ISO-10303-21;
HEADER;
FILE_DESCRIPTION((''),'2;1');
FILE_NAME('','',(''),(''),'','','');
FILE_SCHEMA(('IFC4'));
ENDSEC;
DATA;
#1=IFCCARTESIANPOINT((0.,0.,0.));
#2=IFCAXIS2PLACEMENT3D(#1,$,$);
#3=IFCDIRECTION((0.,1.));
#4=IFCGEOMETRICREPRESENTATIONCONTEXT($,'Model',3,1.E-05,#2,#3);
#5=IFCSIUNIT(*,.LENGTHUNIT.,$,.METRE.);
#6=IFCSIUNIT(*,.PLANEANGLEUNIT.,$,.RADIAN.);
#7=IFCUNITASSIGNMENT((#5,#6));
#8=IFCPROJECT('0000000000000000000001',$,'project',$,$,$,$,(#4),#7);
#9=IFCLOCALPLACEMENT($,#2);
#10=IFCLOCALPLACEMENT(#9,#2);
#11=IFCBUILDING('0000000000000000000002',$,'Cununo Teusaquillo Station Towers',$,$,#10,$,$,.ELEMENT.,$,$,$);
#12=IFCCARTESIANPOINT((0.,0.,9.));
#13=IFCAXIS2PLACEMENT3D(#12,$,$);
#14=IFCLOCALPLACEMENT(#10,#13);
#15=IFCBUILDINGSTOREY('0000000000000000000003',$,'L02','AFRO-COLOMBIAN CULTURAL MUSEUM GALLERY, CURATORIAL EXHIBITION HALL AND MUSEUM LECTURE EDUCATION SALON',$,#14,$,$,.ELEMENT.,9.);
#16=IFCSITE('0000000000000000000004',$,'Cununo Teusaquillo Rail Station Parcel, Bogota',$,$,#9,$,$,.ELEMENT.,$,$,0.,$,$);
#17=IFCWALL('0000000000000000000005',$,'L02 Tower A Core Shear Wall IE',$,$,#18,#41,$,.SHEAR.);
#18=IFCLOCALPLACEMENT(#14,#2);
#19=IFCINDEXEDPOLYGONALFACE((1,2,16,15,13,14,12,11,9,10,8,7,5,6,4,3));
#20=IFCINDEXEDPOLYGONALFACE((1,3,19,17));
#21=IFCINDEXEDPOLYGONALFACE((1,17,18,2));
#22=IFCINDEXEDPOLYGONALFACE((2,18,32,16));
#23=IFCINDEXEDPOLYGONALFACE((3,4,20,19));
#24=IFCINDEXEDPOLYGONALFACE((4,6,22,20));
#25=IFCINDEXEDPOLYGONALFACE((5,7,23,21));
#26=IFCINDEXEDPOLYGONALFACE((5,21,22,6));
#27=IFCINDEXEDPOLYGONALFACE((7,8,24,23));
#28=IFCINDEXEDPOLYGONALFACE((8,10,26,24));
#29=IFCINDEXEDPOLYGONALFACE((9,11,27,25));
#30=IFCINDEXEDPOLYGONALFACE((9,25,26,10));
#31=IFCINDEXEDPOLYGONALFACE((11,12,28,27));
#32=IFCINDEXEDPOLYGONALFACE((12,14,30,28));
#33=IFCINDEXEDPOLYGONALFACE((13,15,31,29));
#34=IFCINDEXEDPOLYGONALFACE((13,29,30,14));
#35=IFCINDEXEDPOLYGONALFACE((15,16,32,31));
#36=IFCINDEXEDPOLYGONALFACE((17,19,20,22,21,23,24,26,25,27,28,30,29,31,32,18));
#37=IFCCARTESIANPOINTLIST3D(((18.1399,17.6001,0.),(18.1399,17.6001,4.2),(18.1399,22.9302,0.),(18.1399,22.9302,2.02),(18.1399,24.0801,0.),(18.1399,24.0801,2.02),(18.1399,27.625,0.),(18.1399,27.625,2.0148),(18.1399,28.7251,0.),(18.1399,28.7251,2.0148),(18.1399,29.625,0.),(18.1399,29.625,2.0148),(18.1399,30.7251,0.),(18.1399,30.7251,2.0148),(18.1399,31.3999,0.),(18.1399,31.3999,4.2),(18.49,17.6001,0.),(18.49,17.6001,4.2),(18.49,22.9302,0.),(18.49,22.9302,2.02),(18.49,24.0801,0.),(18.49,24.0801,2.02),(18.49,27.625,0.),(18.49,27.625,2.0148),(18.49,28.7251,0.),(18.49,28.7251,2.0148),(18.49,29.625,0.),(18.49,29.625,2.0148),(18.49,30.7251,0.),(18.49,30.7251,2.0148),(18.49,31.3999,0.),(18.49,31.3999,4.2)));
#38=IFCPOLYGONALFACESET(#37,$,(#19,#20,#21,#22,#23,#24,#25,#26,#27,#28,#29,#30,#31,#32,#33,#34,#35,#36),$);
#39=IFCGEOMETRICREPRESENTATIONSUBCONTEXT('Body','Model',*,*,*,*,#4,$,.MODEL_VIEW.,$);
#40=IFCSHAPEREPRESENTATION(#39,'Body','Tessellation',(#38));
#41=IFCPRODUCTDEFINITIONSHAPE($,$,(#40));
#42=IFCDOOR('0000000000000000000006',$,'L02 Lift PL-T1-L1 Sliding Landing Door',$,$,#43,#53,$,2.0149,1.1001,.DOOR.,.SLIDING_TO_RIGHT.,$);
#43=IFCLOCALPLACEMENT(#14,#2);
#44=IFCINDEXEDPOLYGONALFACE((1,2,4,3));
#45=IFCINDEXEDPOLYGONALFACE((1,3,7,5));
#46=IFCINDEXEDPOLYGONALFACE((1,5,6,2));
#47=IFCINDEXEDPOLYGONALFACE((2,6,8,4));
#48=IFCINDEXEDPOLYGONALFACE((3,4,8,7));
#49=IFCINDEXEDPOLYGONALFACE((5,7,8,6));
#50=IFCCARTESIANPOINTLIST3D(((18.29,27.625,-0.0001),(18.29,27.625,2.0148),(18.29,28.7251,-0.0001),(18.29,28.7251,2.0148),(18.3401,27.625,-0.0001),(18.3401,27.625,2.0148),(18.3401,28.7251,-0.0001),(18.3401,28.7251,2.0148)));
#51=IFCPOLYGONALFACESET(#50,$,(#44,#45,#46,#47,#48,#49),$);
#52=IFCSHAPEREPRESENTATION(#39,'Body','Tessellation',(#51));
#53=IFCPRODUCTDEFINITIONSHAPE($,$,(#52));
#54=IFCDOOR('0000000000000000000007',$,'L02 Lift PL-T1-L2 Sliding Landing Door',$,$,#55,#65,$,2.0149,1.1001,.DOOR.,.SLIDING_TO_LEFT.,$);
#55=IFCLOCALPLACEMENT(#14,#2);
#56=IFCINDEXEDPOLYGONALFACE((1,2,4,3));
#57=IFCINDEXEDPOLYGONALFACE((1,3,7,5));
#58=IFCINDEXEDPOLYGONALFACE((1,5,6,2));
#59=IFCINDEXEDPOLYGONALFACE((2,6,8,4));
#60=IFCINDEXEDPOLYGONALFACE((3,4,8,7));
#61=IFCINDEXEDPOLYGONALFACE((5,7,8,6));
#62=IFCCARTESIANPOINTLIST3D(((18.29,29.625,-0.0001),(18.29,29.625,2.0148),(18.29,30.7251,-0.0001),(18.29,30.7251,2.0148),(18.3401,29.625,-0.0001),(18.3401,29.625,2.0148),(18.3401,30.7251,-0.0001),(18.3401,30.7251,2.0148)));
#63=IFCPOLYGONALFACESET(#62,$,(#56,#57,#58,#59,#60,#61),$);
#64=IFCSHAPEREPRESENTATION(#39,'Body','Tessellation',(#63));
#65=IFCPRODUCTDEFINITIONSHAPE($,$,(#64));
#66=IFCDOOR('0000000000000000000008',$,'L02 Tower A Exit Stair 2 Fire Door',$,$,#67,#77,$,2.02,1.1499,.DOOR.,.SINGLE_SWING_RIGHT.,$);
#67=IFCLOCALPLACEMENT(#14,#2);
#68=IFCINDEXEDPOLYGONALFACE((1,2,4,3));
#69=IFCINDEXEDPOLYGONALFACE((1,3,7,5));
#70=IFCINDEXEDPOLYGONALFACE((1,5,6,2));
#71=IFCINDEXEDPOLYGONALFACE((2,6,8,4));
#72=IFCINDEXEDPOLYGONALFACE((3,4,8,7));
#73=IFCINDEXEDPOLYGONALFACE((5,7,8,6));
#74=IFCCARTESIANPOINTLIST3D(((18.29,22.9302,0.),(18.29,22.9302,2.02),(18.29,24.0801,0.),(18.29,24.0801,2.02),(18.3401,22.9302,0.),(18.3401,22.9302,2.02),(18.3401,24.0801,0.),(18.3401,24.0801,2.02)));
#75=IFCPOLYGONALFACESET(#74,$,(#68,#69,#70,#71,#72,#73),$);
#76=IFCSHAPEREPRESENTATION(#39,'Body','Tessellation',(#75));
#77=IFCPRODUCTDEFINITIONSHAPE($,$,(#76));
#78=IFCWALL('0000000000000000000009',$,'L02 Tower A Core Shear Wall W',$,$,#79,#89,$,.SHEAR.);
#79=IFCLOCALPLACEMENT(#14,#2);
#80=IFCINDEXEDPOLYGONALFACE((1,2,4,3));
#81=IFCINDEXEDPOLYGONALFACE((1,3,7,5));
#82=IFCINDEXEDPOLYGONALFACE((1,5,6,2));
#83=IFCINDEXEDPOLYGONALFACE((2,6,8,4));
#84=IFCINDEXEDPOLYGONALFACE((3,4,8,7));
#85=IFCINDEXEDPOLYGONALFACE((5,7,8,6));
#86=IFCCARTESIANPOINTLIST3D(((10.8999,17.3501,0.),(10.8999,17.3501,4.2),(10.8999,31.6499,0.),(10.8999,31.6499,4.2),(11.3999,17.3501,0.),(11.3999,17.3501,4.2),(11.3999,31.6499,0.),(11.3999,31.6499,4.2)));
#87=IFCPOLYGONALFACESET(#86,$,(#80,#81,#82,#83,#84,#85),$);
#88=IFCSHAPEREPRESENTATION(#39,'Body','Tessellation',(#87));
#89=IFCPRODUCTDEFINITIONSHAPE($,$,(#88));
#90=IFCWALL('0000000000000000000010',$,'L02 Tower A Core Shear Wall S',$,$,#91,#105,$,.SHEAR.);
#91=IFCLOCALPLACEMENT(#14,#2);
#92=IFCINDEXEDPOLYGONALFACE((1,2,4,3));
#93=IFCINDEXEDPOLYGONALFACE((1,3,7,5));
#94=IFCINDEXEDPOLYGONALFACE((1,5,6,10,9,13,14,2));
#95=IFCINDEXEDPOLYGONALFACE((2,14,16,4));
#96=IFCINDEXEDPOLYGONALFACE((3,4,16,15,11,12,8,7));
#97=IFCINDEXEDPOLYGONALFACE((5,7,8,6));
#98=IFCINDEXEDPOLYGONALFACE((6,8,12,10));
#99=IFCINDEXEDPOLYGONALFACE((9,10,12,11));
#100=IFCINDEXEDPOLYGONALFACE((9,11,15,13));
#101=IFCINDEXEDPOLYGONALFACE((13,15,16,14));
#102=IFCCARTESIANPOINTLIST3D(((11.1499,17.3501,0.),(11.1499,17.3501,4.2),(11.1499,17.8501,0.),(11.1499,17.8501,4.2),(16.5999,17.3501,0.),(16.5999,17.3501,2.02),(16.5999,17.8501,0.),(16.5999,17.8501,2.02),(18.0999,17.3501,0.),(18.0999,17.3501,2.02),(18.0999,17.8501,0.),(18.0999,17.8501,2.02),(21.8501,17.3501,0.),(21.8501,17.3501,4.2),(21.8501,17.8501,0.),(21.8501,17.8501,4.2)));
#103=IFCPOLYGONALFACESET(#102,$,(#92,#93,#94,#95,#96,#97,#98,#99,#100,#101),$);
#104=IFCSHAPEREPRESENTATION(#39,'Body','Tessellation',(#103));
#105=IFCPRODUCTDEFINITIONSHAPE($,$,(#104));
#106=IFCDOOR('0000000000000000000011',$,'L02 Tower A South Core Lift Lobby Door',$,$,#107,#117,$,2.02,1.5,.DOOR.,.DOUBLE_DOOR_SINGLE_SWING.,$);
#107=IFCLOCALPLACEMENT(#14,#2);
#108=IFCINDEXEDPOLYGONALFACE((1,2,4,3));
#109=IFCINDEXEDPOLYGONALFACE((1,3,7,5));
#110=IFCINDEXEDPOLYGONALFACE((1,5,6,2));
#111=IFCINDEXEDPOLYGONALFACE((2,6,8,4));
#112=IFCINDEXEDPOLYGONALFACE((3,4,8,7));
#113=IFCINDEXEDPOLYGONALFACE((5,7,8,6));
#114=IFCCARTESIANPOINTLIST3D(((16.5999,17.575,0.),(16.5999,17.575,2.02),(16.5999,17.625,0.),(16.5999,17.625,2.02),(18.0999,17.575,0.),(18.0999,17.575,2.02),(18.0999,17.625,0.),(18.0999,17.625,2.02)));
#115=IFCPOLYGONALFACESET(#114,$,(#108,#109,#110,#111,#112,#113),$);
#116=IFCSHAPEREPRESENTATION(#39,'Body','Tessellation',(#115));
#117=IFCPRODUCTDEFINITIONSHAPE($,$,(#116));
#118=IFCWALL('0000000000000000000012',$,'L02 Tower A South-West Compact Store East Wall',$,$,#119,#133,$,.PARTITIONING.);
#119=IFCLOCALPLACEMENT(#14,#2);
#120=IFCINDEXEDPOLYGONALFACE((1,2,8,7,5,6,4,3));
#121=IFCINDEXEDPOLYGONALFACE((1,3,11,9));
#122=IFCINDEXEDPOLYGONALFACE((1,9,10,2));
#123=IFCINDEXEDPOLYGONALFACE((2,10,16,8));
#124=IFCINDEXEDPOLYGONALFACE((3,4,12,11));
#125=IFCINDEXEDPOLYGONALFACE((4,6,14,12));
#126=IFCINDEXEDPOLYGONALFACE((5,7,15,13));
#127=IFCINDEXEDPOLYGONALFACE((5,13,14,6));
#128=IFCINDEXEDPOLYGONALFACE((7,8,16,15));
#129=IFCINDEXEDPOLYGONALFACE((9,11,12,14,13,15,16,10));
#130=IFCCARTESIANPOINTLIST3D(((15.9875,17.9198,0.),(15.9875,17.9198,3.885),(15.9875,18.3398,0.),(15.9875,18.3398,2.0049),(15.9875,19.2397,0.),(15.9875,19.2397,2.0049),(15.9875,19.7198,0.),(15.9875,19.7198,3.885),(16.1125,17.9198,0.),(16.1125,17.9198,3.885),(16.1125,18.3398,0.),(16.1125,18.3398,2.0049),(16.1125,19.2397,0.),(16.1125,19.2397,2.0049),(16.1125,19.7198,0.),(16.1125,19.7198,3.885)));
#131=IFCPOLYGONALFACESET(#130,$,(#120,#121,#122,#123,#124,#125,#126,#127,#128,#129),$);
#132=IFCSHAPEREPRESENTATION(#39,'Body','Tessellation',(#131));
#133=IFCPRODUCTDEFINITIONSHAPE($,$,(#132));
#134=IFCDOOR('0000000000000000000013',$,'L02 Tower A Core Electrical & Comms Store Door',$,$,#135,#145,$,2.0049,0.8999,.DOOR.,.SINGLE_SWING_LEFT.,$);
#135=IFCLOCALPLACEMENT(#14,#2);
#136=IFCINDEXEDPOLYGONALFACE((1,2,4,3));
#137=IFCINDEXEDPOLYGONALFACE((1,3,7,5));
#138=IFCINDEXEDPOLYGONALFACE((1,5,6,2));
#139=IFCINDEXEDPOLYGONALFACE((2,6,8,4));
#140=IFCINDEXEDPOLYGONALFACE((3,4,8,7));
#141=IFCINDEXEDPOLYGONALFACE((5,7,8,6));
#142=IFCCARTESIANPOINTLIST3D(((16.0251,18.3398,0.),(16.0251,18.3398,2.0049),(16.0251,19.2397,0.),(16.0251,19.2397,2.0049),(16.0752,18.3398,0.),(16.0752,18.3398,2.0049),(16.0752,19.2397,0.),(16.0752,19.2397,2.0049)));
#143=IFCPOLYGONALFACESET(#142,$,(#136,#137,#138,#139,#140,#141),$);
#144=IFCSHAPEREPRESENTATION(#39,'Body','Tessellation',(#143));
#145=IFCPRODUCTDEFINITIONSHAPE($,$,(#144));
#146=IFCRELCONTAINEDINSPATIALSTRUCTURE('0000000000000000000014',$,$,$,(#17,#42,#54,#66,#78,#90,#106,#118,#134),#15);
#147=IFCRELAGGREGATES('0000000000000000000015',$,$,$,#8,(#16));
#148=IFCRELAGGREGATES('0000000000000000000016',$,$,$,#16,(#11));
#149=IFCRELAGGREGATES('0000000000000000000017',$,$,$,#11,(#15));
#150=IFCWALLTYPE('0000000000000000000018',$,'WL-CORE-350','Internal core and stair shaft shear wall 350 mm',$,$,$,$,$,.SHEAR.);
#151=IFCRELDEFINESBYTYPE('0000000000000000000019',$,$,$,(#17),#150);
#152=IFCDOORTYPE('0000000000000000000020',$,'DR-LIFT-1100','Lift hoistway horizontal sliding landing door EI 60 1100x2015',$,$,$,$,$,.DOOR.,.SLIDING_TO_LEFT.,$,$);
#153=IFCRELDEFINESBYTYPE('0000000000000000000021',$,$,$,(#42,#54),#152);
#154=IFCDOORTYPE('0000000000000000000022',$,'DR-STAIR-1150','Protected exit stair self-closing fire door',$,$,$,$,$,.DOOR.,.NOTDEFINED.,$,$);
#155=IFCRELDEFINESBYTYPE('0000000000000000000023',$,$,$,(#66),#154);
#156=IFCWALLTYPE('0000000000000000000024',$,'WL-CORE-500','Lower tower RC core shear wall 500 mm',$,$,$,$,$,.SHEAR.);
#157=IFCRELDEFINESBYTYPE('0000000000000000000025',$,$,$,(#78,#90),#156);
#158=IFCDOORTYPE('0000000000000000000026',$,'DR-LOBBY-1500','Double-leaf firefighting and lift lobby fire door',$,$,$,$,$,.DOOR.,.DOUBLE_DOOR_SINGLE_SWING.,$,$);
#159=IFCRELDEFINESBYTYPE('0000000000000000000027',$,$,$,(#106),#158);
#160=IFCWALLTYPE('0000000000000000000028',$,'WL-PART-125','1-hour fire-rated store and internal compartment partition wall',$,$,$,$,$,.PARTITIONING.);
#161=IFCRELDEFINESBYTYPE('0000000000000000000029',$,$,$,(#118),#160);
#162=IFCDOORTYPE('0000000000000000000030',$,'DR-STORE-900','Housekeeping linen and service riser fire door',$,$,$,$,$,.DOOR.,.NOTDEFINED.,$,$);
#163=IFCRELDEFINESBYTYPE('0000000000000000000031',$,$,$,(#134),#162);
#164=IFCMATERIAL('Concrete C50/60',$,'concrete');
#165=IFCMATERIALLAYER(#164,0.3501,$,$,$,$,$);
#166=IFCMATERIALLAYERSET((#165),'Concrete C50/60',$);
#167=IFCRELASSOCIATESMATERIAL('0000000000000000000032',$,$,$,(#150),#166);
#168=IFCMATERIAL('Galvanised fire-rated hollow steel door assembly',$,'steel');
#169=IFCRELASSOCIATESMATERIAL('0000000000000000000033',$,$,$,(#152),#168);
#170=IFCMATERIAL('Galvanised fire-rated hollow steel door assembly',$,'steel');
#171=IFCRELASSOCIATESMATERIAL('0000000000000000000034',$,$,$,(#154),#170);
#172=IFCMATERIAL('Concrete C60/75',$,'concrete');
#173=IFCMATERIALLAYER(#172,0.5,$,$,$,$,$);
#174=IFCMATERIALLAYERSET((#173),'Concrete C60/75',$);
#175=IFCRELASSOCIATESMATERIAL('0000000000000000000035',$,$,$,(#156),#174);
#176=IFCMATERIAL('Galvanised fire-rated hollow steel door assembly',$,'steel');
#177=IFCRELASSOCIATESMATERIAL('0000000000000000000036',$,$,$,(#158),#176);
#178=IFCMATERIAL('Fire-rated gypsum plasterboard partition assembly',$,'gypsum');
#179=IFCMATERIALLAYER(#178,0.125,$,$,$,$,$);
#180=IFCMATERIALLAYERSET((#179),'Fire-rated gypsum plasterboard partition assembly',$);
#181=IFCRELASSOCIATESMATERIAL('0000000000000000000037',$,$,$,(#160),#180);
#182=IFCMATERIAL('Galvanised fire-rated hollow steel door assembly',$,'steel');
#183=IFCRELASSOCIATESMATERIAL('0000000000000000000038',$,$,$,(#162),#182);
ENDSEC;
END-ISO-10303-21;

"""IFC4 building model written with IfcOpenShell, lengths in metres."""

from ifc_helpers import new_model, si_unit, direction, frame, frame_2d, origin, place, context, subcontext, project, spatial, rectangle, extrude, source, transform, mapped, material, layer, layer_set, type_object, element, fill, save


model = new_model("IFC4")

# Units and contexts
model_context = context("Model", 3, precision=1e-05, world=origin(), true_north=direction((0.0, 1.0)))
body_context = subcontext(model_context, "Body", "Model", "MODEL_VIEW")
ifc_project = project(units=[si_unit("LENGTHUNIT", "METRE"), si_unit("PLANEANGLEUNIT", "RADIAN")], contexts=[model_context])

# Site, building, storey
site_placement = place(None, origin())
site = spatial("IfcSite", under=ifc_project, at=site_placement, Name="Cununo Teusaquillo Rail Station Parcel, Bogota", CompositionType="ELEMENT", RefElevation=0.0)
building_placement = place(site_placement, origin())
building = spatial("IfcBuilding", under=site, at=building_placement, Name="Cununo Teusaquillo Station Towers", CompositionType="ELEMENT")
storey_placement = place(building_placement, frame((0.0, 0.0, 9.0)))
storey = spatial("IfcBuildingStorey", under=building, at=storey_placement, Name="L02", Description="AFRO-COLOMBIAN CULTURAL MUSEUM GALLERY, CURATORIAL EXHIBITION HALL AND MUSEUM LECTURE EDUCATION SALON", CompositionType="ELEMENT", Elevation=9.0)

# Shared definitions
ifc_material_1 = material(Name="Concrete C50/60", Category="concrete")
ifc_layer_1 = layer(ifc_material_1, 0.3501)
ifc_layer_set_1 = layer_set([ifc_layer_1], Name="Concrete C50/60")
wall_type_1 = type_object("IfcWallType", Name="WL-CORE-350", Description="Internal core and stair shaft shear wall 350 mm", PredefinedType="SHEAR", material=ifc_layer_set_1)

# Wall, openings, doors
shared_shape_1 = source(origin(), body_context, "Body", "SweptSolid", [
    extrude(rectangle(XDim=1.1001, YDim=2.0149, at=frame_2d((0.55, 1.0073))), frame((0.0, 0.1851, 0.0), z_axis=(0.0, -1.0, 0.0), x_axis=(1.0, 0.0, 0.0)), (0.0, 0.0, 1.0), 0.3701),
])
shared_shape_2 = source(origin(), body_context, "Body", "SweptSolid", [
    extrude(rectangle(XDim=1.1499, YDim=2.02, at=frame_2d((0.575, 1.01))), frame((0.0, 0.1851, 0.0), z_axis=(0.0, -1.0, 0.0), x_axis=(1.0, 0.0, 0.0)), (0.0, 0.0, 1.0), 0.3701),
])
ifc_material_2 = material(Name="Galvanised fire-rated hollow steel door assembly", Category="steel")
door_type_1 = type_object("IfcDoorType", Name="DR-LIFT-1100", Description="Lift hoistway horizontal sliding landing door EI 60 1100x2015", OperationType="SLIDING_TO_LEFT", PredefinedType="DOOR", material=ifc_material_2)
shared_shape_3 = source(origin(), body_context, "Body", "SweptSolid", [
    extrude(rectangle(XDim=1.1001, YDim=2.0149, at=frame_2d((0.55, 1.0073))), frame((0.0, 0.0249, 0.0), z_axis=(0.0, -1.0, 0.0), x_axis=(1.0, 0.0, 0.0)), (0.0, 0.0, 1.0), 0.05),
])
ifc_material_3 = material(Name="Galvanised fire-rated hollow steel door assembly", Category="steel")
door_type_2 = type_object("IfcDoorType", Name="DR-STAIR-1150", Description="Protected exit stair self-closing fire door", OperationType="NOTDEFINED", PredefinedType="DOOR", material=ifc_material_3)
shared_shape_4 = source(origin(), body_context, "Body", "SweptSolid", [
    extrude(rectangle(XDim=1.1499, YDim=2.02, at=frame_2d((0.575, 1.01))), frame((0.0, 0.0249, 0.0), z_axis=(0.0, -1.0, 0.0), x_axis=(1.0, 0.0, 0.0)), (0.0, 0.0, 1.0), 0.05),
])
wall_1_placement = place(storey_placement, frame((18.3149, 17.6001, 0.0), z_axis=(0.0, 0.0, 1.0), x_axis=(0.0, 1.0, 0.0)))
wall_1 = element("IfcWall", 1, at=wall_1_placement, inside=storey, type_object=wall_type_1, Name="L02 Tower A Core Shear Wall IE", PredefinedType="SHEAR", context=body_context, shape_type="SweptSolid", body=[
    extrude(rectangle(XDim=13.7998, YDim=0.3501, at=frame_2d((6.8999, 0.0))), origin(), (0.0, 0.0, 1.0), 4.2),
])
opening_1_placement = place(wall_1_placement, frame((10.0249, 0.0, 0.0)))
opening_1 = element("IfcOpeningElement", 2, at=opening_1_placement, cuts=wall_1, PredefinedType="OPENING", context=body_context, shape_type="MappedRepresentation", body=[
    mapped(shared_shape_1, transform((0.0, 0.0, 0.0), x_axis=(1.0, 0.0, 0.0), y_axis=(0.0, 1.0, 0.0), z_axis=(0.0, 0.0, 1.0), scale=1.0)),
])
opening_2_placement = place(wall_1_placement, frame((12.0249, 0.0, 0.0)))
opening_2 = element("IfcOpeningElement", 3, at=opening_2_placement, cuts=wall_1, PredefinedType="OPENING", context=body_context, shape_type="MappedRepresentation", body=[
    mapped(shared_shape_1, transform((0.0, 0.0, 0.0), x_axis=(1.0, 0.0, 0.0), y_axis=(0.0, 1.0, 0.0), z_axis=(0.0, 0.0, 1.0), scale=1.0)),
])
opening_3_placement = place(wall_1_placement, frame((5.3301, 0.0, 0.0)))
opening_3 = element("IfcOpeningElement", 4, at=opening_3_placement, cuts=wall_1, PredefinedType="OPENING", context=body_context, shape_type="MappedRepresentation", body=[
    mapped(shared_shape_2, transform((0.0, 0.0, 0.0), x_axis=(1.0, 0.0, 0.0), y_axis=(0.0, 1.0, 0.0), z_axis=(0.0, 0.0, 1.0), scale=1.0)),
])
door_1_placement = place(opening_1_placement, origin())
door_1 = element("IfcDoor", 5, at=door_1_placement, inside=storey, type_object=door_type_1, Name="L02 Lift PL-T1-L1 Sliding Landing Door", OperationType="SLIDING_TO_RIGHT", OverallHeight=2.0149, OverallWidth=1.1001, PredefinedType="DOOR", context=body_context, shape_type="MappedRepresentation", body=[
    mapped(shared_shape_3, transform((0.0, 0.0, 0.0), x_axis=(1.0, 0.0, 0.0), y_axis=(0.0, 1.0, 0.0), z_axis=(0.0, 0.0, 1.0), scale=1.0)),
])
fill(opening_1, door_1)
door_2_placement = place(opening_2_placement, origin())
door_2 = element("IfcDoor", 6, at=door_2_placement, inside=storey, type_object=door_type_1, Name="L02 Lift PL-T1-L2 Sliding Landing Door", OperationType="SLIDING_TO_LEFT", OverallHeight=2.0149, OverallWidth=1.1001, PredefinedType="DOOR", context=body_context, shape_type="MappedRepresentation", body=[
    mapped(shared_shape_3, transform((0.0, 0.0, 0.0), x_axis=(1.0, 0.0, 0.0), y_axis=(0.0, 1.0, 0.0), z_axis=(0.0, 0.0, 1.0), scale=1.0)),
])
fill(opening_2, door_2)
door_3_placement = place(opening_3_placement, origin())
door_3 = element("IfcDoor", 7, at=door_3_placement, inside=storey, type_object=door_type_2, Name="L02 Tower A Exit Stair 2 Fire Door", OperationType="SINGLE_SWING_RIGHT", OverallHeight=2.02, OverallWidth=1.1499, PredefinedType="DOOR", context=body_context, shape_type="MappedRepresentation", body=[
    mapped(shared_shape_4, transform((0.0, 0.0, 0.0), x_axis=(1.0, 0.0, 0.0), y_axis=(0.0, 1.0, 0.0), z_axis=(0.0, 0.0, 1.0), scale=1.0)),
])
fill(opening_3, door_3)

# Wall
ifc_material_4 = material(Name="Concrete C60/75", Category="concrete")
ifc_layer_2 = layer(ifc_material_4, 0.5)
ifc_layer_set_2 = layer_set([ifc_layer_2], Name="Concrete C60/75")
wall_type_2 = type_object("IfcWallType", Name="WL-CORE-500", Description="Lower tower RC core shear wall 500 mm", PredefinedType="SHEAR", material=ifc_layer_set_2)
wall_2_placement = place(storey_placement, frame((11.1499, 17.3501, 0.0), z_axis=(0.0, 0.0, 1.0), x_axis=(0.0, 1.0, 0.0)))
element("IfcWall", 8, at=wall_2_placement, inside=storey, type_object=wall_type_2, Name="L02 Tower A Core Shear Wall W", PredefinedType="SHEAR", context=body_context, shape_type="SweptSolid", body=[
    extrude(rectangle(XDim=14.2998, YDim=0.5, at=frame_2d((7.1499, 0.0))), origin(), (0.0, 0.0, 1.0), 4.2),
])

# Walls, openings, doors
wall_3_placement = place(storey_placement, frame((11.1499, 17.6001, 0.0), z_axis=(0.0, 0.0, 1.0), x_axis=(1.0, 0.0, 0.0)))
wall_3 = element("IfcWall", 9, at=wall_3_placement, inside=storey, type_object=wall_type_2, Name="L02 Tower A Core Shear Wall S", PredefinedType="SHEAR", context=body_context, shape_type="SweptSolid", body=[
    extrude(rectangle(XDim=10.7002, YDim=0.5, at=frame_2d((5.3501, 0.0))), origin(), (0.0, 0.0, 1.0), 4.2),
])
shared_shape_5 = source(origin(), body_context, "Body", "SweptSolid", [
    extrude(rectangle(XDim=1.5, YDim=2.02, at=frame_2d((0.75, 1.01))), frame((0.0, 0.26, 0.0), z_axis=(0.0, -1.0, 0.0), x_axis=(1.0, 0.0, 0.0)), (0.0, 0.0, 1.0), 0.52),
])
opening_4_placement = place(wall_3_placement, frame((5.45, 0.0, 0.0)))
opening_4 = element("IfcOpeningElement", 10, at=opening_4_placement, cuts=wall_3, PredefinedType="OPENING", context=body_context, shape_type="MappedRepresentation", body=[
    mapped(shared_shape_5, transform((0.0, 0.0, 0.0), x_axis=(1.0, 0.0, 0.0), y_axis=(0.0, 1.0, 0.0), z_axis=(0.0, 0.0, 1.0), scale=1.0)),
])
ifc_material_5 = material(Name="Galvanised fire-rated hollow steel door assembly", Category="steel")
door_type_3 = type_object("IfcDoorType", Name="DR-LOBBY-1500", Description="Double-leaf firefighting and lift lobby fire door", OperationType="DOUBLE_DOOR_SINGLE_SWING", PredefinedType="DOOR", material=ifc_material_5)
shared_shape_6 = source(origin(), body_context, "Body", "SweptSolid", [
    extrude(rectangle(XDim=1.5, YDim=2.02, at=frame_2d((0.75, 1.01))), frame((0.0, 0.0249, 0.0), z_axis=(0.0, -1.0, 0.0), x_axis=(1.0, 0.0, 0.0)), (0.0, 0.0, 1.0), 0.05),
])
door_4_placement = place(opening_4_placement, origin())
door_4 = element("IfcDoor", 11, at=door_4_placement, inside=storey, type_object=door_type_3, Name="L02 Tower A South Core Lift Lobby Door", OperationType="DOUBLE_DOOR_SINGLE_SWING", OverallHeight=2.02, OverallWidth=1.5, PredefinedType="DOOR", context=body_context, shape_type="MappedRepresentation", body=[
    mapped(shared_shape_6, transform((0.0, 0.0, 0.0), x_axis=(1.0, 0.0, 0.0), y_axis=(0.0, 1.0, 0.0), z_axis=(0.0, 0.0, 1.0), scale=1.0)),
])
fill(opening_4, door_4)
ifc_material_6 = material(Name="Fire-rated gypsum plasterboard partition assembly", Category="gypsum")
ifc_layer_3 = layer(ifc_material_6, 0.125)
ifc_layer_set_3 = layer_set([ifc_layer_3], Name="Fire-rated gypsum plasterboard partition assembly")
wall_type_3 = type_object("IfcWallType", Name="WL-PART-125", Description="1-hour fire-rated store and internal compartment partition wall", PredefinedType="PARTITIONING", material=ifc_layer_set_3)
wall_4_placement = place(storey_placement, frame((16.05, 17.9199, 0.0), z_axis=(0.0, 0.0, 1.0), x_axis=(0.0, 1.0, 0.0)))
wall_4 = element("IfcWall", 12, at=wall_4_placement, inside=storey, type_object=wall_type_3, Name="L02 Tower A South-West Compact Store East Wall", PredefinedType="PARTITIONING", context=body_context, shape_type="SweptSolid", body=[
    extrude(rectangle(XDim=1.8, YDim=0.125, at=frame_2d((0.8999, 0.0))), origin(), (0.0, 0.0, 1.0), 3.885),
])
shared_shape_7 = source(origin(), body_context, "Body", "SweptSolid", [
    extrude(rectangle(XDim=0.8999, YDim=2.0049, at=frame_2d((0.45, 1.0024))), frame((0.0, 0.0725, 0.0), z_axis=(0.0, -1.0, 0.0), x_axis=(1.0, 0.0, 0.0)), (0.0, 0.0, 1.0), 0.145),
])
opening_5_placement = place(wall_4_placement, frame((0.4199, 0.0, 0.0)))
opening_5 = element("IfcOpeningElement", 13, at=opening_5_placement, cuts=wall_4, PredefinedType="OPENING", context=body_context, shape_type="MappedRepresentation", body=[
    mapped(shared_shape_7, transform((0.0, 0.0, 0.0), x_axis=(1.0, 0.0, 0.0), y_axis=(0.0, 1.0, 0.0), z_axis=(0.0, 0.0, 1.0), scale=1.0)),
])
ifc_material_7 = material(Name="Galvanised fire-rated hollow steel door assembly", Category="steel")
door_type_4 = type_object("IfcDoorType", Name="DR-STORE-900", Description="Housekeeping linen and service riser fire door", OperationType="NOTDEFINED", PredefinedType="DOOR", material=ifc_material_7)
shared_shape_8 = source(origin(), body_context, "Body", "SweptSolid", [
    extrude(rectangle(XDim=0.8999, YDim=2.0049, at=frame_2d((0.45, 1.0024))), frame((0.0, 0.0249, 0.0), z_axis=(0.0, -1.0, 0.0), x_axis=(1.0, 0.0, 0.0)), (0.0, 0.0, 1.0), 0.05),
])
door_5_placement = place(opening_5_placement, origin())
door_5 = element("IfcDoor", 14, at=door_5_placement, inside=storey, type_object=door_type_4, Name="L02 Tower A Core Electrical & Comms Store Door", OperationType="SINGLE_SWING_LEFT", OverallHeight=2.0049, OverallWidth=0.8999, PredefinedType="DOOR", context=body_context, shape_type="MappedRepresentation", body=[
    mapped(shared_shape_8, transform((0.0, 0.0, 0.0), x_axis=(1.0, 0.0, 0.0), y_axis=(0.0, 1.0, 0.0), z_axis=(0.0, 0.0, 1.0), scale=1.0)),
])
fill(opening_5, door_5)

save(model, "model.ifc")
